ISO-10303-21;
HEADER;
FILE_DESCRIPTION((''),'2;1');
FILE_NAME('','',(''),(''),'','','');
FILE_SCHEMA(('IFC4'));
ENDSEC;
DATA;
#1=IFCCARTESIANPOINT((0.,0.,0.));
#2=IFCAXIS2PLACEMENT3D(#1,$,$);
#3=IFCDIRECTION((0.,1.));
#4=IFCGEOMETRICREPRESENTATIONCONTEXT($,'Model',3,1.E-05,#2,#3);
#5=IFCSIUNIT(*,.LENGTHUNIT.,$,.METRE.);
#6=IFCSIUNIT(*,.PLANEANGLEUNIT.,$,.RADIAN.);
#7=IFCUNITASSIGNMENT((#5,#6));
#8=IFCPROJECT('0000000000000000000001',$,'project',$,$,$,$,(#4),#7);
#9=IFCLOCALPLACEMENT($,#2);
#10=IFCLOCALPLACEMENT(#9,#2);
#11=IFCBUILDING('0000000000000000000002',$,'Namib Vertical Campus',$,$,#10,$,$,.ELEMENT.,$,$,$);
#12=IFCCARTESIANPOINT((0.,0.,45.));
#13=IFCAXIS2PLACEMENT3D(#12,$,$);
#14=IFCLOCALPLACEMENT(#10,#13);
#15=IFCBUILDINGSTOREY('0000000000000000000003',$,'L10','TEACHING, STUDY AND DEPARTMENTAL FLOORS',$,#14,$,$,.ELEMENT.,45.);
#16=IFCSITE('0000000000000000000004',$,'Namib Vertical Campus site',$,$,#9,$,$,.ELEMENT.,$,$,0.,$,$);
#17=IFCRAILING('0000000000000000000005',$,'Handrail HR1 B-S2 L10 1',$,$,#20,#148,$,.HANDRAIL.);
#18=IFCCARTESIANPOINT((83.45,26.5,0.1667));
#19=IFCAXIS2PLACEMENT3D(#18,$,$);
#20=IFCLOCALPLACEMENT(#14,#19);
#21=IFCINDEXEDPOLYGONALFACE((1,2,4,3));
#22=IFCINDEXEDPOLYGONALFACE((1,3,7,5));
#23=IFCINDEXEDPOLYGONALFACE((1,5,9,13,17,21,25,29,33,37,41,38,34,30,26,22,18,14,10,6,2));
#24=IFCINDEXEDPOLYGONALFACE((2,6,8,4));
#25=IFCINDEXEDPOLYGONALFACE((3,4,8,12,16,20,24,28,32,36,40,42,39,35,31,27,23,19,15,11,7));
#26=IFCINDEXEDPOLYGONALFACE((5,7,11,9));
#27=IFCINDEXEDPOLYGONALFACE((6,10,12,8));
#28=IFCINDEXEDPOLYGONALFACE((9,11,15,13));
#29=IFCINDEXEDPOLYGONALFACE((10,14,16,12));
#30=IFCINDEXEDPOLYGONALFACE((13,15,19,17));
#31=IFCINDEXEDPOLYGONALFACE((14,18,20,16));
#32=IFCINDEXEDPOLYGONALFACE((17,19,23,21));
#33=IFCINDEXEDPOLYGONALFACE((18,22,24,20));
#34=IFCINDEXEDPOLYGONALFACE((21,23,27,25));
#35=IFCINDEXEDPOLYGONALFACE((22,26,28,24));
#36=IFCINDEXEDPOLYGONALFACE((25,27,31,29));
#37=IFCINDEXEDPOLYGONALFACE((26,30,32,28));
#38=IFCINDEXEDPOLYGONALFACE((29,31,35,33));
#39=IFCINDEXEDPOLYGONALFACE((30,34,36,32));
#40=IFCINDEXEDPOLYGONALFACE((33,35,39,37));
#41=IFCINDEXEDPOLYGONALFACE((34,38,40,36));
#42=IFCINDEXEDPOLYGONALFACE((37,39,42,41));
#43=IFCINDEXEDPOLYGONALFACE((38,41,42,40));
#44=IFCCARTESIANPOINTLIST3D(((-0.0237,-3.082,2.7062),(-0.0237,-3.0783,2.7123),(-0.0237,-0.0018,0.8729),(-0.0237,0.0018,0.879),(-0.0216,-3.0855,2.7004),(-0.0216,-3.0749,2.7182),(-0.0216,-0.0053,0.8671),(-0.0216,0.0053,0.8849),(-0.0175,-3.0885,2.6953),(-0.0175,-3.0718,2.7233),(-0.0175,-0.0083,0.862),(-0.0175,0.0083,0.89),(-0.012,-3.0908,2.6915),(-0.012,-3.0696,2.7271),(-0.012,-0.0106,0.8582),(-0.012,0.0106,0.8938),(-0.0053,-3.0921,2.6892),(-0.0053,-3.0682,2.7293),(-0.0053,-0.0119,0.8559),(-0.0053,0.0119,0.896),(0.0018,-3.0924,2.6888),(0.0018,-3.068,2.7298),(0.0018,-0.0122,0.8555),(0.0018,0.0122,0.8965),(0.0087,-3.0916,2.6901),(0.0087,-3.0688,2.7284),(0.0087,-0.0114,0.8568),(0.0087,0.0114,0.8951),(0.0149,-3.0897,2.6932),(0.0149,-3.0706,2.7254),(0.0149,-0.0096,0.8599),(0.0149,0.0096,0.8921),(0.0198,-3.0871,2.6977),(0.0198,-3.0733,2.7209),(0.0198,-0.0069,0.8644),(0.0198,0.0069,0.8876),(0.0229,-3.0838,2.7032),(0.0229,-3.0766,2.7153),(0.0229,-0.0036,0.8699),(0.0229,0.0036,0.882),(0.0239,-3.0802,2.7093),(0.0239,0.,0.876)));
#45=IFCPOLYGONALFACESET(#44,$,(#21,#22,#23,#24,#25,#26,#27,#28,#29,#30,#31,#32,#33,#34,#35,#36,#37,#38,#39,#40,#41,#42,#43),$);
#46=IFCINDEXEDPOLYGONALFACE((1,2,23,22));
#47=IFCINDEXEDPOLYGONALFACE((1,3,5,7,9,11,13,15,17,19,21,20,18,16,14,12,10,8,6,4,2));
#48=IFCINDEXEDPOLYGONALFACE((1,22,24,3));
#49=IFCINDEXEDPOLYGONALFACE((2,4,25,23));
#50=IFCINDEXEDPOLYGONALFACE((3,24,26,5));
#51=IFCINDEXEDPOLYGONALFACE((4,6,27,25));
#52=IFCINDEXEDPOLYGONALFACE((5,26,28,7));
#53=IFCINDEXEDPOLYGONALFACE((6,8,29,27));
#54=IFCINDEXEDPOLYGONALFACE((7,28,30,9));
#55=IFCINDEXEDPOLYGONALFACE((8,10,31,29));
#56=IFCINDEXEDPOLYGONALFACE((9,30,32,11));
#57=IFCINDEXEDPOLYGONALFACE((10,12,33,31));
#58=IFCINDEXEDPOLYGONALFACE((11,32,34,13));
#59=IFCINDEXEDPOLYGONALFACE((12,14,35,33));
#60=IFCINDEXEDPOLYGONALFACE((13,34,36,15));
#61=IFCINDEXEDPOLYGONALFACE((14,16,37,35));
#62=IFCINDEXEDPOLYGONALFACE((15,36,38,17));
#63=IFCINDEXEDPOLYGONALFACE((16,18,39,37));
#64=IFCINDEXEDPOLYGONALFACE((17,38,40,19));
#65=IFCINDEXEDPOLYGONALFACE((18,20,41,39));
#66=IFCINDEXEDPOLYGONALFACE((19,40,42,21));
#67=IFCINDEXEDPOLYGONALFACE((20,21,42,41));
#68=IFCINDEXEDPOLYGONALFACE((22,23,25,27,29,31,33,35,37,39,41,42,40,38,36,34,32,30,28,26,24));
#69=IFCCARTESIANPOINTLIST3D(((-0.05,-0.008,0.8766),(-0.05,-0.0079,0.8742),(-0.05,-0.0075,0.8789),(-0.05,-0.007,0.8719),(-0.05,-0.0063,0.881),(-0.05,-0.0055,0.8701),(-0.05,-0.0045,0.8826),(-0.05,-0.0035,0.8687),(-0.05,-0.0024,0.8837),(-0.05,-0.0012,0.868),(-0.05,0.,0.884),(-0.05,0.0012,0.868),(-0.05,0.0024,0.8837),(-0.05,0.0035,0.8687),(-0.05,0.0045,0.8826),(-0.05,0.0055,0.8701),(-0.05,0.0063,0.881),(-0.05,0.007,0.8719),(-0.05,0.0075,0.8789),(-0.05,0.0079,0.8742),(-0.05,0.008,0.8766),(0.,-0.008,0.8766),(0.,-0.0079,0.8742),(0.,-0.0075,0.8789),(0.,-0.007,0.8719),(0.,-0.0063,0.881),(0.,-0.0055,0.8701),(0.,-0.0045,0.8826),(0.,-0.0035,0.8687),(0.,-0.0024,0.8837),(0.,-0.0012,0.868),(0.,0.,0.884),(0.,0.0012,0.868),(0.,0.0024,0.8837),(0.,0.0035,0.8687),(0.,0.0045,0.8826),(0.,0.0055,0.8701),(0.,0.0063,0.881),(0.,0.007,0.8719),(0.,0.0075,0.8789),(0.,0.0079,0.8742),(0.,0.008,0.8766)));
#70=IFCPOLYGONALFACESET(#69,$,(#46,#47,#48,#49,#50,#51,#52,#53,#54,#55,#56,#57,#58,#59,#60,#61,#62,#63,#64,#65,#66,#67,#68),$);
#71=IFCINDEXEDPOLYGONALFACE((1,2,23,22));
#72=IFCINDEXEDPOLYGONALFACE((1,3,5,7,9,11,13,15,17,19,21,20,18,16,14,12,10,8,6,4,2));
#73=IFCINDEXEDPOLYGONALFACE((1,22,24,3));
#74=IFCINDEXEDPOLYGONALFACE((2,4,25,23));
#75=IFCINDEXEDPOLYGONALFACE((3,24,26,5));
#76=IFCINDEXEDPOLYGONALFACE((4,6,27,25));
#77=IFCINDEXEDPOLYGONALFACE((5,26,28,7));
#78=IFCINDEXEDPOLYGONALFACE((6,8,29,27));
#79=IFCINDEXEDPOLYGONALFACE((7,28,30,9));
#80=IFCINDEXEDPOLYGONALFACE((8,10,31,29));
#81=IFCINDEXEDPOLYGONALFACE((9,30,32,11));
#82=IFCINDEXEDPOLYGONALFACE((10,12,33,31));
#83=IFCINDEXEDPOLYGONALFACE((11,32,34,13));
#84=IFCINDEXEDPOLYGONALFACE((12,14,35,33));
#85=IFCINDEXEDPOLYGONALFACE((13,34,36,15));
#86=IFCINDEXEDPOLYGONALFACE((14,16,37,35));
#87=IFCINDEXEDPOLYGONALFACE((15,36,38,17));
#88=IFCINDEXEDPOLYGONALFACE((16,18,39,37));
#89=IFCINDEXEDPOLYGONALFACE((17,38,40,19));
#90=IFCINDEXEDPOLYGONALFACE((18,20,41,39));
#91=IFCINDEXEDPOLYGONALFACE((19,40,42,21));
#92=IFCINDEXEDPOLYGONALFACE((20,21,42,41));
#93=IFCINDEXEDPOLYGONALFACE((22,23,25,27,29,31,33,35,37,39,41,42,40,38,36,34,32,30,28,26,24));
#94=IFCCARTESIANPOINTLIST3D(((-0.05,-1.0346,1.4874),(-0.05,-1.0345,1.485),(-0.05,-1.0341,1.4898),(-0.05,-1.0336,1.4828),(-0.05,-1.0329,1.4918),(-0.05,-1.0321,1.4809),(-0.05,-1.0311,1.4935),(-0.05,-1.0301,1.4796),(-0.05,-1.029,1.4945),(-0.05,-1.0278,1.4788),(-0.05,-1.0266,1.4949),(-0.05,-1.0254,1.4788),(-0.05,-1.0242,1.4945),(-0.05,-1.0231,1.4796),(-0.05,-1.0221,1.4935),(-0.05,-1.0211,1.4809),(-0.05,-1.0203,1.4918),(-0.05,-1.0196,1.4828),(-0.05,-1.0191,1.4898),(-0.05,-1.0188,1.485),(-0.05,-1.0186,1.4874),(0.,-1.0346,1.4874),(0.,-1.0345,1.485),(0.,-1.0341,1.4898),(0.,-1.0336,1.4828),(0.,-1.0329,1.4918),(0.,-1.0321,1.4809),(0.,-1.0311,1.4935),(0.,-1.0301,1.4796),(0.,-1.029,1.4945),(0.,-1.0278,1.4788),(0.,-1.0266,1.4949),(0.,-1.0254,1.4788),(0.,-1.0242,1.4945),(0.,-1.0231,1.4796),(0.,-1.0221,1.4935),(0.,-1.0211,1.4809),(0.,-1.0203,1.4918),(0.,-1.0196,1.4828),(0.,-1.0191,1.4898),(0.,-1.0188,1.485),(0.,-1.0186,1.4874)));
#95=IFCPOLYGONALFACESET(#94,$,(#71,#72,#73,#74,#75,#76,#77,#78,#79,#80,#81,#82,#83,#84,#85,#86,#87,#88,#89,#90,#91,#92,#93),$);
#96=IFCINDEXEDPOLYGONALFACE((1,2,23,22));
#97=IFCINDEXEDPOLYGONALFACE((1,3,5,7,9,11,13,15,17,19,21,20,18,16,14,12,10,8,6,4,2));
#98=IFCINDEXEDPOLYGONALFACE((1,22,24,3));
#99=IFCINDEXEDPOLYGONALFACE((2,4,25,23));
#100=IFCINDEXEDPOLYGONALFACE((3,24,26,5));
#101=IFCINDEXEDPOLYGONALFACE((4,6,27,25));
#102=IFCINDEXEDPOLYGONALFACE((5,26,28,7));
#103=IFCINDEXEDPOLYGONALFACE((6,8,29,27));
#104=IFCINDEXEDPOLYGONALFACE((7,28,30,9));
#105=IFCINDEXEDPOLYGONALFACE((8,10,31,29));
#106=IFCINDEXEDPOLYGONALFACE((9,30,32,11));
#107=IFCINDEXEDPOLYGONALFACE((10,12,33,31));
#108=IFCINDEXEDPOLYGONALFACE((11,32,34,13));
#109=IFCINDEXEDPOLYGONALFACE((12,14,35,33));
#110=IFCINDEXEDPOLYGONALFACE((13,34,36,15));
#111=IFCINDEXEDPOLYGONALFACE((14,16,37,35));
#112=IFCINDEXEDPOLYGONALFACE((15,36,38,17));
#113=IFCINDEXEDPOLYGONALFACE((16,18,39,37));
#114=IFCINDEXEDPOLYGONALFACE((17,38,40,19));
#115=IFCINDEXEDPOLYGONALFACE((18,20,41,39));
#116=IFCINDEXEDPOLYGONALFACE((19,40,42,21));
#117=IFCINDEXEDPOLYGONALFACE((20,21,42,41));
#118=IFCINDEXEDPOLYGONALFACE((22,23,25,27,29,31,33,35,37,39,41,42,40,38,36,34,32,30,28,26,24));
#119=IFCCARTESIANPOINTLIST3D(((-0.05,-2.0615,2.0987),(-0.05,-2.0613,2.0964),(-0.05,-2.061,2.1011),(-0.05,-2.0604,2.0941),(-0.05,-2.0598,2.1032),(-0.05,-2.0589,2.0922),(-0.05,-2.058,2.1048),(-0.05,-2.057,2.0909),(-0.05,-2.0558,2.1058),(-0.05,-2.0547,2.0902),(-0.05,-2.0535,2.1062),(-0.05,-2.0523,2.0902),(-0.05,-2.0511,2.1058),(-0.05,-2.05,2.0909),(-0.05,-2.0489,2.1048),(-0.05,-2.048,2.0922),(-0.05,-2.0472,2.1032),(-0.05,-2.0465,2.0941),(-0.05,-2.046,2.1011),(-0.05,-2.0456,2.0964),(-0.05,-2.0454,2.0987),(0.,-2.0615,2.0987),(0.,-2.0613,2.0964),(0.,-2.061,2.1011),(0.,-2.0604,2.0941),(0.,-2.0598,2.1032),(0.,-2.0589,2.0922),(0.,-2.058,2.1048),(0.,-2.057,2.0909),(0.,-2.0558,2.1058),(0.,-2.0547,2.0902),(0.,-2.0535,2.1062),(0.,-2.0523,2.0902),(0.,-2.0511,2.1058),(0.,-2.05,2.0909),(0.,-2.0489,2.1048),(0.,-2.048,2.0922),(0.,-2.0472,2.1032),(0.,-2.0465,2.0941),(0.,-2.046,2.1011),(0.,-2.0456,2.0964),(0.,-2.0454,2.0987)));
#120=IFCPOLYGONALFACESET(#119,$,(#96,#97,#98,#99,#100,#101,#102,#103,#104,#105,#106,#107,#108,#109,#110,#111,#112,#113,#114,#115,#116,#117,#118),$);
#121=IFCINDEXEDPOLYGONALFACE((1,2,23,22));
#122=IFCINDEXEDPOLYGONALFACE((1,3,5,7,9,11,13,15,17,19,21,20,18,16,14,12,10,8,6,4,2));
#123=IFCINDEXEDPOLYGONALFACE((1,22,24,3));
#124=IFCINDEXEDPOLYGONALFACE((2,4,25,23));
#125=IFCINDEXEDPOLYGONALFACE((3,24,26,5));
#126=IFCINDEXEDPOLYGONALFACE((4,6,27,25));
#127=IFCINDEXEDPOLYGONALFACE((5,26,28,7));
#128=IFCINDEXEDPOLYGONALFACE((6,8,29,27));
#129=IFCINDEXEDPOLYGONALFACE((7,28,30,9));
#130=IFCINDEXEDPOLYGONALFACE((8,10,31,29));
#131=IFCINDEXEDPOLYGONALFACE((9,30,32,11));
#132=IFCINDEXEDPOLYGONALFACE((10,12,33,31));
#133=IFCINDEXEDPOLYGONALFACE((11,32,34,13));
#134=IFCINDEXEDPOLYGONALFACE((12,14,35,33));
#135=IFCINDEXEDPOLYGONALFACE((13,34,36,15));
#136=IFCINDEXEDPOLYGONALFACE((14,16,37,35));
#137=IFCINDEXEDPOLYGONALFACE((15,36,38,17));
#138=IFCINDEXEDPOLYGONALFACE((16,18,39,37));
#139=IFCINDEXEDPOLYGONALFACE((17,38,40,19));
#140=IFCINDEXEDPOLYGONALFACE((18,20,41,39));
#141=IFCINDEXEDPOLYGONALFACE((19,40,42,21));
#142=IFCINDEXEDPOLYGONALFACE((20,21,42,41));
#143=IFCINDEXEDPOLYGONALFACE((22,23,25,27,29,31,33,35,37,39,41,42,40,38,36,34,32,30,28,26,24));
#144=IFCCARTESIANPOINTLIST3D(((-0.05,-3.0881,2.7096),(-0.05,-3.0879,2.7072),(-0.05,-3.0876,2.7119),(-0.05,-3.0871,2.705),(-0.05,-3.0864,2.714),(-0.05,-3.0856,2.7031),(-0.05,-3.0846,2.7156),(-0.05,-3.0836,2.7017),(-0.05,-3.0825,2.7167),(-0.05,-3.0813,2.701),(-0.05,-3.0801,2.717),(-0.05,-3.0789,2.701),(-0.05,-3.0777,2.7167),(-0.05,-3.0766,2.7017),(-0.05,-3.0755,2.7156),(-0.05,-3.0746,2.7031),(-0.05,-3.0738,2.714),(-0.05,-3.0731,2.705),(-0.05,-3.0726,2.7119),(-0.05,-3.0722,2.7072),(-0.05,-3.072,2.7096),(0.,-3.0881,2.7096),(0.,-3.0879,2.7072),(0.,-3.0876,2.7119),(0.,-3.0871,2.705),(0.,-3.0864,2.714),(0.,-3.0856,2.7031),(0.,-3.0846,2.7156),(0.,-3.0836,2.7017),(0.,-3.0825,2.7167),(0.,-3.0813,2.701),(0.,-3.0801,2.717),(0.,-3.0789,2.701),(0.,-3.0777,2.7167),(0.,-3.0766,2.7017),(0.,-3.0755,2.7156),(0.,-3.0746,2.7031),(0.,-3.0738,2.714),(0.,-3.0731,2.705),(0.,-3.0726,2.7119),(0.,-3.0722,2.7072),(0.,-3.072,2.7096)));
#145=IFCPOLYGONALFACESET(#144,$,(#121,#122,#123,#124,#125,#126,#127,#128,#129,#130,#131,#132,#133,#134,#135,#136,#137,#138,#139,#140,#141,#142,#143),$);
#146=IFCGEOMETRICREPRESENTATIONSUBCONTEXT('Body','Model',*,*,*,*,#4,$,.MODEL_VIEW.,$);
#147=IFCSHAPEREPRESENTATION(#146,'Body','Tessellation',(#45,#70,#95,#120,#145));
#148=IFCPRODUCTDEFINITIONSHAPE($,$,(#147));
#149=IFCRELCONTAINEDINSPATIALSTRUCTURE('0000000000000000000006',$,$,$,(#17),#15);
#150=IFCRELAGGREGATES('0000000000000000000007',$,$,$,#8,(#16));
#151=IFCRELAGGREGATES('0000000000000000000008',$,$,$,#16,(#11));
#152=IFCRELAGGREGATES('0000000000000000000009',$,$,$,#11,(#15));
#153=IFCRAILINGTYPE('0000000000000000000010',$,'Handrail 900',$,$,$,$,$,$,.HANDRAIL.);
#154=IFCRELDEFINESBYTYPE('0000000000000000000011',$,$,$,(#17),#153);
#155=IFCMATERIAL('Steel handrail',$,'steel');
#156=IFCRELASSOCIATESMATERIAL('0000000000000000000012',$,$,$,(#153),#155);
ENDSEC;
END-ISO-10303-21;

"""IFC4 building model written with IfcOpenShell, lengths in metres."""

from ifc_helpers import new_model, si_unit, direction, frame, origin, origin_2d, place, context, subcontext, project, spatial, circle, extrude, material, type_object, element, save


model = new_model("IFC4")

# Units and contexts
model_context = context("Model", 3, precision=1e-05, world=origin(), true_north=direction((0.0, 1.0)))
body_context = subcontext(model_context, "Body", "Model", "MODEL_VIEW")
ifc_project = project(units=[si_unit("LENGTHUNIT", "METRE"), si_unit("PLANEANGLEUNIT", "RADIAN")], contexts=[model_context])

# Site, building, storey
site_placement = place(None, origin())
site = spatial("IfcSite", under=ifc_project, at=site_placement, Name="Namib Vertical Campus site", CompositionType="ELEMENT", RefElevation=0.0)
building_placement = place(site_placement, origin())
building = spatial("IfcBuilding", under=site, at=building_placement, Name="Namib Vertical Campus", CompositionType="ELEMENT")
storey_placement = place(building_placement, frame((0.0, 0.0, 45.0)))
storey = spatial("IfcBuildingStorey", under=building, at=storey_placement, Name="L10", Description="TEACHING, STUDY AND DEPARTMENTAL FLOORS", CompositionType="ELEMENT", Elevation=45.0)

# Railing
ifc_material_1 = material(Name="Steel handrail", Category="steel")
railing_type_1 = type_object("IfcRailingType", Name="Handrail 900", PredefinedType="HANDRAIL", material=ifc_material_1)
railing_1_placement = place(storey_placement, frame((83.45, 26.5, 0.1667)))
element("IfcRailing", 1, at=railing_1_placement, inside=storey, type_object=railing_type_1, Name="Handrail HR1 B-S2 L10 1", PredefinedType="HANDRAIL", context=body_context, shape_type="SweptSolid", body=[
    extrude(circle(Radius=0.0239, at=origin_2d()), frame((0.0, 0.0, 0.876), z_axis=(0.0, -0.859309, 0.511458), x_axis=(1.0, 0.0, 0.0)), (0.0, 0.0, 1.0), 3.5845),
    extrude(circle(Radius=0.0081, at=origin_2d()), frame((0.0, 0.0, 0.876), z_axis=(-1.0, 0.0, 0.0), x_axis=(0.0, 0.0, 1.0)), (0.0, 0.0, 1.0), 0.05),
    extrude(circle(Radius=0.0081, at=origin_2d()), frame((0.0, -1.0266, 1.4868), z_axis=(-1.0, 0.0, 0.0), x_axis=(0.0, 0.0, 1.0)), (0.0, 0.0, 1.0), 0.05),
    extrude(circle(Radius=0.0081, at=origin_2d()), frame((0.0, -2.0535, 2.0981), z_axis=(-1.0, 0.0, 0.0), x_axis=(0.0, 0.0, 1.0)), (0.0, 0.0, 1.0), 0.05),
    extrude(circle(Radius=0.0081, at=origin_2d()), frame((0.0, -3.0801, 2.709), z_axis=(-1.0, 0.0, 0.0), x_axis=(0.0, 0.0, 1.0)), (0.0, 0.0, 1.0), 0.05),
])

save(model, "model.ifc")
